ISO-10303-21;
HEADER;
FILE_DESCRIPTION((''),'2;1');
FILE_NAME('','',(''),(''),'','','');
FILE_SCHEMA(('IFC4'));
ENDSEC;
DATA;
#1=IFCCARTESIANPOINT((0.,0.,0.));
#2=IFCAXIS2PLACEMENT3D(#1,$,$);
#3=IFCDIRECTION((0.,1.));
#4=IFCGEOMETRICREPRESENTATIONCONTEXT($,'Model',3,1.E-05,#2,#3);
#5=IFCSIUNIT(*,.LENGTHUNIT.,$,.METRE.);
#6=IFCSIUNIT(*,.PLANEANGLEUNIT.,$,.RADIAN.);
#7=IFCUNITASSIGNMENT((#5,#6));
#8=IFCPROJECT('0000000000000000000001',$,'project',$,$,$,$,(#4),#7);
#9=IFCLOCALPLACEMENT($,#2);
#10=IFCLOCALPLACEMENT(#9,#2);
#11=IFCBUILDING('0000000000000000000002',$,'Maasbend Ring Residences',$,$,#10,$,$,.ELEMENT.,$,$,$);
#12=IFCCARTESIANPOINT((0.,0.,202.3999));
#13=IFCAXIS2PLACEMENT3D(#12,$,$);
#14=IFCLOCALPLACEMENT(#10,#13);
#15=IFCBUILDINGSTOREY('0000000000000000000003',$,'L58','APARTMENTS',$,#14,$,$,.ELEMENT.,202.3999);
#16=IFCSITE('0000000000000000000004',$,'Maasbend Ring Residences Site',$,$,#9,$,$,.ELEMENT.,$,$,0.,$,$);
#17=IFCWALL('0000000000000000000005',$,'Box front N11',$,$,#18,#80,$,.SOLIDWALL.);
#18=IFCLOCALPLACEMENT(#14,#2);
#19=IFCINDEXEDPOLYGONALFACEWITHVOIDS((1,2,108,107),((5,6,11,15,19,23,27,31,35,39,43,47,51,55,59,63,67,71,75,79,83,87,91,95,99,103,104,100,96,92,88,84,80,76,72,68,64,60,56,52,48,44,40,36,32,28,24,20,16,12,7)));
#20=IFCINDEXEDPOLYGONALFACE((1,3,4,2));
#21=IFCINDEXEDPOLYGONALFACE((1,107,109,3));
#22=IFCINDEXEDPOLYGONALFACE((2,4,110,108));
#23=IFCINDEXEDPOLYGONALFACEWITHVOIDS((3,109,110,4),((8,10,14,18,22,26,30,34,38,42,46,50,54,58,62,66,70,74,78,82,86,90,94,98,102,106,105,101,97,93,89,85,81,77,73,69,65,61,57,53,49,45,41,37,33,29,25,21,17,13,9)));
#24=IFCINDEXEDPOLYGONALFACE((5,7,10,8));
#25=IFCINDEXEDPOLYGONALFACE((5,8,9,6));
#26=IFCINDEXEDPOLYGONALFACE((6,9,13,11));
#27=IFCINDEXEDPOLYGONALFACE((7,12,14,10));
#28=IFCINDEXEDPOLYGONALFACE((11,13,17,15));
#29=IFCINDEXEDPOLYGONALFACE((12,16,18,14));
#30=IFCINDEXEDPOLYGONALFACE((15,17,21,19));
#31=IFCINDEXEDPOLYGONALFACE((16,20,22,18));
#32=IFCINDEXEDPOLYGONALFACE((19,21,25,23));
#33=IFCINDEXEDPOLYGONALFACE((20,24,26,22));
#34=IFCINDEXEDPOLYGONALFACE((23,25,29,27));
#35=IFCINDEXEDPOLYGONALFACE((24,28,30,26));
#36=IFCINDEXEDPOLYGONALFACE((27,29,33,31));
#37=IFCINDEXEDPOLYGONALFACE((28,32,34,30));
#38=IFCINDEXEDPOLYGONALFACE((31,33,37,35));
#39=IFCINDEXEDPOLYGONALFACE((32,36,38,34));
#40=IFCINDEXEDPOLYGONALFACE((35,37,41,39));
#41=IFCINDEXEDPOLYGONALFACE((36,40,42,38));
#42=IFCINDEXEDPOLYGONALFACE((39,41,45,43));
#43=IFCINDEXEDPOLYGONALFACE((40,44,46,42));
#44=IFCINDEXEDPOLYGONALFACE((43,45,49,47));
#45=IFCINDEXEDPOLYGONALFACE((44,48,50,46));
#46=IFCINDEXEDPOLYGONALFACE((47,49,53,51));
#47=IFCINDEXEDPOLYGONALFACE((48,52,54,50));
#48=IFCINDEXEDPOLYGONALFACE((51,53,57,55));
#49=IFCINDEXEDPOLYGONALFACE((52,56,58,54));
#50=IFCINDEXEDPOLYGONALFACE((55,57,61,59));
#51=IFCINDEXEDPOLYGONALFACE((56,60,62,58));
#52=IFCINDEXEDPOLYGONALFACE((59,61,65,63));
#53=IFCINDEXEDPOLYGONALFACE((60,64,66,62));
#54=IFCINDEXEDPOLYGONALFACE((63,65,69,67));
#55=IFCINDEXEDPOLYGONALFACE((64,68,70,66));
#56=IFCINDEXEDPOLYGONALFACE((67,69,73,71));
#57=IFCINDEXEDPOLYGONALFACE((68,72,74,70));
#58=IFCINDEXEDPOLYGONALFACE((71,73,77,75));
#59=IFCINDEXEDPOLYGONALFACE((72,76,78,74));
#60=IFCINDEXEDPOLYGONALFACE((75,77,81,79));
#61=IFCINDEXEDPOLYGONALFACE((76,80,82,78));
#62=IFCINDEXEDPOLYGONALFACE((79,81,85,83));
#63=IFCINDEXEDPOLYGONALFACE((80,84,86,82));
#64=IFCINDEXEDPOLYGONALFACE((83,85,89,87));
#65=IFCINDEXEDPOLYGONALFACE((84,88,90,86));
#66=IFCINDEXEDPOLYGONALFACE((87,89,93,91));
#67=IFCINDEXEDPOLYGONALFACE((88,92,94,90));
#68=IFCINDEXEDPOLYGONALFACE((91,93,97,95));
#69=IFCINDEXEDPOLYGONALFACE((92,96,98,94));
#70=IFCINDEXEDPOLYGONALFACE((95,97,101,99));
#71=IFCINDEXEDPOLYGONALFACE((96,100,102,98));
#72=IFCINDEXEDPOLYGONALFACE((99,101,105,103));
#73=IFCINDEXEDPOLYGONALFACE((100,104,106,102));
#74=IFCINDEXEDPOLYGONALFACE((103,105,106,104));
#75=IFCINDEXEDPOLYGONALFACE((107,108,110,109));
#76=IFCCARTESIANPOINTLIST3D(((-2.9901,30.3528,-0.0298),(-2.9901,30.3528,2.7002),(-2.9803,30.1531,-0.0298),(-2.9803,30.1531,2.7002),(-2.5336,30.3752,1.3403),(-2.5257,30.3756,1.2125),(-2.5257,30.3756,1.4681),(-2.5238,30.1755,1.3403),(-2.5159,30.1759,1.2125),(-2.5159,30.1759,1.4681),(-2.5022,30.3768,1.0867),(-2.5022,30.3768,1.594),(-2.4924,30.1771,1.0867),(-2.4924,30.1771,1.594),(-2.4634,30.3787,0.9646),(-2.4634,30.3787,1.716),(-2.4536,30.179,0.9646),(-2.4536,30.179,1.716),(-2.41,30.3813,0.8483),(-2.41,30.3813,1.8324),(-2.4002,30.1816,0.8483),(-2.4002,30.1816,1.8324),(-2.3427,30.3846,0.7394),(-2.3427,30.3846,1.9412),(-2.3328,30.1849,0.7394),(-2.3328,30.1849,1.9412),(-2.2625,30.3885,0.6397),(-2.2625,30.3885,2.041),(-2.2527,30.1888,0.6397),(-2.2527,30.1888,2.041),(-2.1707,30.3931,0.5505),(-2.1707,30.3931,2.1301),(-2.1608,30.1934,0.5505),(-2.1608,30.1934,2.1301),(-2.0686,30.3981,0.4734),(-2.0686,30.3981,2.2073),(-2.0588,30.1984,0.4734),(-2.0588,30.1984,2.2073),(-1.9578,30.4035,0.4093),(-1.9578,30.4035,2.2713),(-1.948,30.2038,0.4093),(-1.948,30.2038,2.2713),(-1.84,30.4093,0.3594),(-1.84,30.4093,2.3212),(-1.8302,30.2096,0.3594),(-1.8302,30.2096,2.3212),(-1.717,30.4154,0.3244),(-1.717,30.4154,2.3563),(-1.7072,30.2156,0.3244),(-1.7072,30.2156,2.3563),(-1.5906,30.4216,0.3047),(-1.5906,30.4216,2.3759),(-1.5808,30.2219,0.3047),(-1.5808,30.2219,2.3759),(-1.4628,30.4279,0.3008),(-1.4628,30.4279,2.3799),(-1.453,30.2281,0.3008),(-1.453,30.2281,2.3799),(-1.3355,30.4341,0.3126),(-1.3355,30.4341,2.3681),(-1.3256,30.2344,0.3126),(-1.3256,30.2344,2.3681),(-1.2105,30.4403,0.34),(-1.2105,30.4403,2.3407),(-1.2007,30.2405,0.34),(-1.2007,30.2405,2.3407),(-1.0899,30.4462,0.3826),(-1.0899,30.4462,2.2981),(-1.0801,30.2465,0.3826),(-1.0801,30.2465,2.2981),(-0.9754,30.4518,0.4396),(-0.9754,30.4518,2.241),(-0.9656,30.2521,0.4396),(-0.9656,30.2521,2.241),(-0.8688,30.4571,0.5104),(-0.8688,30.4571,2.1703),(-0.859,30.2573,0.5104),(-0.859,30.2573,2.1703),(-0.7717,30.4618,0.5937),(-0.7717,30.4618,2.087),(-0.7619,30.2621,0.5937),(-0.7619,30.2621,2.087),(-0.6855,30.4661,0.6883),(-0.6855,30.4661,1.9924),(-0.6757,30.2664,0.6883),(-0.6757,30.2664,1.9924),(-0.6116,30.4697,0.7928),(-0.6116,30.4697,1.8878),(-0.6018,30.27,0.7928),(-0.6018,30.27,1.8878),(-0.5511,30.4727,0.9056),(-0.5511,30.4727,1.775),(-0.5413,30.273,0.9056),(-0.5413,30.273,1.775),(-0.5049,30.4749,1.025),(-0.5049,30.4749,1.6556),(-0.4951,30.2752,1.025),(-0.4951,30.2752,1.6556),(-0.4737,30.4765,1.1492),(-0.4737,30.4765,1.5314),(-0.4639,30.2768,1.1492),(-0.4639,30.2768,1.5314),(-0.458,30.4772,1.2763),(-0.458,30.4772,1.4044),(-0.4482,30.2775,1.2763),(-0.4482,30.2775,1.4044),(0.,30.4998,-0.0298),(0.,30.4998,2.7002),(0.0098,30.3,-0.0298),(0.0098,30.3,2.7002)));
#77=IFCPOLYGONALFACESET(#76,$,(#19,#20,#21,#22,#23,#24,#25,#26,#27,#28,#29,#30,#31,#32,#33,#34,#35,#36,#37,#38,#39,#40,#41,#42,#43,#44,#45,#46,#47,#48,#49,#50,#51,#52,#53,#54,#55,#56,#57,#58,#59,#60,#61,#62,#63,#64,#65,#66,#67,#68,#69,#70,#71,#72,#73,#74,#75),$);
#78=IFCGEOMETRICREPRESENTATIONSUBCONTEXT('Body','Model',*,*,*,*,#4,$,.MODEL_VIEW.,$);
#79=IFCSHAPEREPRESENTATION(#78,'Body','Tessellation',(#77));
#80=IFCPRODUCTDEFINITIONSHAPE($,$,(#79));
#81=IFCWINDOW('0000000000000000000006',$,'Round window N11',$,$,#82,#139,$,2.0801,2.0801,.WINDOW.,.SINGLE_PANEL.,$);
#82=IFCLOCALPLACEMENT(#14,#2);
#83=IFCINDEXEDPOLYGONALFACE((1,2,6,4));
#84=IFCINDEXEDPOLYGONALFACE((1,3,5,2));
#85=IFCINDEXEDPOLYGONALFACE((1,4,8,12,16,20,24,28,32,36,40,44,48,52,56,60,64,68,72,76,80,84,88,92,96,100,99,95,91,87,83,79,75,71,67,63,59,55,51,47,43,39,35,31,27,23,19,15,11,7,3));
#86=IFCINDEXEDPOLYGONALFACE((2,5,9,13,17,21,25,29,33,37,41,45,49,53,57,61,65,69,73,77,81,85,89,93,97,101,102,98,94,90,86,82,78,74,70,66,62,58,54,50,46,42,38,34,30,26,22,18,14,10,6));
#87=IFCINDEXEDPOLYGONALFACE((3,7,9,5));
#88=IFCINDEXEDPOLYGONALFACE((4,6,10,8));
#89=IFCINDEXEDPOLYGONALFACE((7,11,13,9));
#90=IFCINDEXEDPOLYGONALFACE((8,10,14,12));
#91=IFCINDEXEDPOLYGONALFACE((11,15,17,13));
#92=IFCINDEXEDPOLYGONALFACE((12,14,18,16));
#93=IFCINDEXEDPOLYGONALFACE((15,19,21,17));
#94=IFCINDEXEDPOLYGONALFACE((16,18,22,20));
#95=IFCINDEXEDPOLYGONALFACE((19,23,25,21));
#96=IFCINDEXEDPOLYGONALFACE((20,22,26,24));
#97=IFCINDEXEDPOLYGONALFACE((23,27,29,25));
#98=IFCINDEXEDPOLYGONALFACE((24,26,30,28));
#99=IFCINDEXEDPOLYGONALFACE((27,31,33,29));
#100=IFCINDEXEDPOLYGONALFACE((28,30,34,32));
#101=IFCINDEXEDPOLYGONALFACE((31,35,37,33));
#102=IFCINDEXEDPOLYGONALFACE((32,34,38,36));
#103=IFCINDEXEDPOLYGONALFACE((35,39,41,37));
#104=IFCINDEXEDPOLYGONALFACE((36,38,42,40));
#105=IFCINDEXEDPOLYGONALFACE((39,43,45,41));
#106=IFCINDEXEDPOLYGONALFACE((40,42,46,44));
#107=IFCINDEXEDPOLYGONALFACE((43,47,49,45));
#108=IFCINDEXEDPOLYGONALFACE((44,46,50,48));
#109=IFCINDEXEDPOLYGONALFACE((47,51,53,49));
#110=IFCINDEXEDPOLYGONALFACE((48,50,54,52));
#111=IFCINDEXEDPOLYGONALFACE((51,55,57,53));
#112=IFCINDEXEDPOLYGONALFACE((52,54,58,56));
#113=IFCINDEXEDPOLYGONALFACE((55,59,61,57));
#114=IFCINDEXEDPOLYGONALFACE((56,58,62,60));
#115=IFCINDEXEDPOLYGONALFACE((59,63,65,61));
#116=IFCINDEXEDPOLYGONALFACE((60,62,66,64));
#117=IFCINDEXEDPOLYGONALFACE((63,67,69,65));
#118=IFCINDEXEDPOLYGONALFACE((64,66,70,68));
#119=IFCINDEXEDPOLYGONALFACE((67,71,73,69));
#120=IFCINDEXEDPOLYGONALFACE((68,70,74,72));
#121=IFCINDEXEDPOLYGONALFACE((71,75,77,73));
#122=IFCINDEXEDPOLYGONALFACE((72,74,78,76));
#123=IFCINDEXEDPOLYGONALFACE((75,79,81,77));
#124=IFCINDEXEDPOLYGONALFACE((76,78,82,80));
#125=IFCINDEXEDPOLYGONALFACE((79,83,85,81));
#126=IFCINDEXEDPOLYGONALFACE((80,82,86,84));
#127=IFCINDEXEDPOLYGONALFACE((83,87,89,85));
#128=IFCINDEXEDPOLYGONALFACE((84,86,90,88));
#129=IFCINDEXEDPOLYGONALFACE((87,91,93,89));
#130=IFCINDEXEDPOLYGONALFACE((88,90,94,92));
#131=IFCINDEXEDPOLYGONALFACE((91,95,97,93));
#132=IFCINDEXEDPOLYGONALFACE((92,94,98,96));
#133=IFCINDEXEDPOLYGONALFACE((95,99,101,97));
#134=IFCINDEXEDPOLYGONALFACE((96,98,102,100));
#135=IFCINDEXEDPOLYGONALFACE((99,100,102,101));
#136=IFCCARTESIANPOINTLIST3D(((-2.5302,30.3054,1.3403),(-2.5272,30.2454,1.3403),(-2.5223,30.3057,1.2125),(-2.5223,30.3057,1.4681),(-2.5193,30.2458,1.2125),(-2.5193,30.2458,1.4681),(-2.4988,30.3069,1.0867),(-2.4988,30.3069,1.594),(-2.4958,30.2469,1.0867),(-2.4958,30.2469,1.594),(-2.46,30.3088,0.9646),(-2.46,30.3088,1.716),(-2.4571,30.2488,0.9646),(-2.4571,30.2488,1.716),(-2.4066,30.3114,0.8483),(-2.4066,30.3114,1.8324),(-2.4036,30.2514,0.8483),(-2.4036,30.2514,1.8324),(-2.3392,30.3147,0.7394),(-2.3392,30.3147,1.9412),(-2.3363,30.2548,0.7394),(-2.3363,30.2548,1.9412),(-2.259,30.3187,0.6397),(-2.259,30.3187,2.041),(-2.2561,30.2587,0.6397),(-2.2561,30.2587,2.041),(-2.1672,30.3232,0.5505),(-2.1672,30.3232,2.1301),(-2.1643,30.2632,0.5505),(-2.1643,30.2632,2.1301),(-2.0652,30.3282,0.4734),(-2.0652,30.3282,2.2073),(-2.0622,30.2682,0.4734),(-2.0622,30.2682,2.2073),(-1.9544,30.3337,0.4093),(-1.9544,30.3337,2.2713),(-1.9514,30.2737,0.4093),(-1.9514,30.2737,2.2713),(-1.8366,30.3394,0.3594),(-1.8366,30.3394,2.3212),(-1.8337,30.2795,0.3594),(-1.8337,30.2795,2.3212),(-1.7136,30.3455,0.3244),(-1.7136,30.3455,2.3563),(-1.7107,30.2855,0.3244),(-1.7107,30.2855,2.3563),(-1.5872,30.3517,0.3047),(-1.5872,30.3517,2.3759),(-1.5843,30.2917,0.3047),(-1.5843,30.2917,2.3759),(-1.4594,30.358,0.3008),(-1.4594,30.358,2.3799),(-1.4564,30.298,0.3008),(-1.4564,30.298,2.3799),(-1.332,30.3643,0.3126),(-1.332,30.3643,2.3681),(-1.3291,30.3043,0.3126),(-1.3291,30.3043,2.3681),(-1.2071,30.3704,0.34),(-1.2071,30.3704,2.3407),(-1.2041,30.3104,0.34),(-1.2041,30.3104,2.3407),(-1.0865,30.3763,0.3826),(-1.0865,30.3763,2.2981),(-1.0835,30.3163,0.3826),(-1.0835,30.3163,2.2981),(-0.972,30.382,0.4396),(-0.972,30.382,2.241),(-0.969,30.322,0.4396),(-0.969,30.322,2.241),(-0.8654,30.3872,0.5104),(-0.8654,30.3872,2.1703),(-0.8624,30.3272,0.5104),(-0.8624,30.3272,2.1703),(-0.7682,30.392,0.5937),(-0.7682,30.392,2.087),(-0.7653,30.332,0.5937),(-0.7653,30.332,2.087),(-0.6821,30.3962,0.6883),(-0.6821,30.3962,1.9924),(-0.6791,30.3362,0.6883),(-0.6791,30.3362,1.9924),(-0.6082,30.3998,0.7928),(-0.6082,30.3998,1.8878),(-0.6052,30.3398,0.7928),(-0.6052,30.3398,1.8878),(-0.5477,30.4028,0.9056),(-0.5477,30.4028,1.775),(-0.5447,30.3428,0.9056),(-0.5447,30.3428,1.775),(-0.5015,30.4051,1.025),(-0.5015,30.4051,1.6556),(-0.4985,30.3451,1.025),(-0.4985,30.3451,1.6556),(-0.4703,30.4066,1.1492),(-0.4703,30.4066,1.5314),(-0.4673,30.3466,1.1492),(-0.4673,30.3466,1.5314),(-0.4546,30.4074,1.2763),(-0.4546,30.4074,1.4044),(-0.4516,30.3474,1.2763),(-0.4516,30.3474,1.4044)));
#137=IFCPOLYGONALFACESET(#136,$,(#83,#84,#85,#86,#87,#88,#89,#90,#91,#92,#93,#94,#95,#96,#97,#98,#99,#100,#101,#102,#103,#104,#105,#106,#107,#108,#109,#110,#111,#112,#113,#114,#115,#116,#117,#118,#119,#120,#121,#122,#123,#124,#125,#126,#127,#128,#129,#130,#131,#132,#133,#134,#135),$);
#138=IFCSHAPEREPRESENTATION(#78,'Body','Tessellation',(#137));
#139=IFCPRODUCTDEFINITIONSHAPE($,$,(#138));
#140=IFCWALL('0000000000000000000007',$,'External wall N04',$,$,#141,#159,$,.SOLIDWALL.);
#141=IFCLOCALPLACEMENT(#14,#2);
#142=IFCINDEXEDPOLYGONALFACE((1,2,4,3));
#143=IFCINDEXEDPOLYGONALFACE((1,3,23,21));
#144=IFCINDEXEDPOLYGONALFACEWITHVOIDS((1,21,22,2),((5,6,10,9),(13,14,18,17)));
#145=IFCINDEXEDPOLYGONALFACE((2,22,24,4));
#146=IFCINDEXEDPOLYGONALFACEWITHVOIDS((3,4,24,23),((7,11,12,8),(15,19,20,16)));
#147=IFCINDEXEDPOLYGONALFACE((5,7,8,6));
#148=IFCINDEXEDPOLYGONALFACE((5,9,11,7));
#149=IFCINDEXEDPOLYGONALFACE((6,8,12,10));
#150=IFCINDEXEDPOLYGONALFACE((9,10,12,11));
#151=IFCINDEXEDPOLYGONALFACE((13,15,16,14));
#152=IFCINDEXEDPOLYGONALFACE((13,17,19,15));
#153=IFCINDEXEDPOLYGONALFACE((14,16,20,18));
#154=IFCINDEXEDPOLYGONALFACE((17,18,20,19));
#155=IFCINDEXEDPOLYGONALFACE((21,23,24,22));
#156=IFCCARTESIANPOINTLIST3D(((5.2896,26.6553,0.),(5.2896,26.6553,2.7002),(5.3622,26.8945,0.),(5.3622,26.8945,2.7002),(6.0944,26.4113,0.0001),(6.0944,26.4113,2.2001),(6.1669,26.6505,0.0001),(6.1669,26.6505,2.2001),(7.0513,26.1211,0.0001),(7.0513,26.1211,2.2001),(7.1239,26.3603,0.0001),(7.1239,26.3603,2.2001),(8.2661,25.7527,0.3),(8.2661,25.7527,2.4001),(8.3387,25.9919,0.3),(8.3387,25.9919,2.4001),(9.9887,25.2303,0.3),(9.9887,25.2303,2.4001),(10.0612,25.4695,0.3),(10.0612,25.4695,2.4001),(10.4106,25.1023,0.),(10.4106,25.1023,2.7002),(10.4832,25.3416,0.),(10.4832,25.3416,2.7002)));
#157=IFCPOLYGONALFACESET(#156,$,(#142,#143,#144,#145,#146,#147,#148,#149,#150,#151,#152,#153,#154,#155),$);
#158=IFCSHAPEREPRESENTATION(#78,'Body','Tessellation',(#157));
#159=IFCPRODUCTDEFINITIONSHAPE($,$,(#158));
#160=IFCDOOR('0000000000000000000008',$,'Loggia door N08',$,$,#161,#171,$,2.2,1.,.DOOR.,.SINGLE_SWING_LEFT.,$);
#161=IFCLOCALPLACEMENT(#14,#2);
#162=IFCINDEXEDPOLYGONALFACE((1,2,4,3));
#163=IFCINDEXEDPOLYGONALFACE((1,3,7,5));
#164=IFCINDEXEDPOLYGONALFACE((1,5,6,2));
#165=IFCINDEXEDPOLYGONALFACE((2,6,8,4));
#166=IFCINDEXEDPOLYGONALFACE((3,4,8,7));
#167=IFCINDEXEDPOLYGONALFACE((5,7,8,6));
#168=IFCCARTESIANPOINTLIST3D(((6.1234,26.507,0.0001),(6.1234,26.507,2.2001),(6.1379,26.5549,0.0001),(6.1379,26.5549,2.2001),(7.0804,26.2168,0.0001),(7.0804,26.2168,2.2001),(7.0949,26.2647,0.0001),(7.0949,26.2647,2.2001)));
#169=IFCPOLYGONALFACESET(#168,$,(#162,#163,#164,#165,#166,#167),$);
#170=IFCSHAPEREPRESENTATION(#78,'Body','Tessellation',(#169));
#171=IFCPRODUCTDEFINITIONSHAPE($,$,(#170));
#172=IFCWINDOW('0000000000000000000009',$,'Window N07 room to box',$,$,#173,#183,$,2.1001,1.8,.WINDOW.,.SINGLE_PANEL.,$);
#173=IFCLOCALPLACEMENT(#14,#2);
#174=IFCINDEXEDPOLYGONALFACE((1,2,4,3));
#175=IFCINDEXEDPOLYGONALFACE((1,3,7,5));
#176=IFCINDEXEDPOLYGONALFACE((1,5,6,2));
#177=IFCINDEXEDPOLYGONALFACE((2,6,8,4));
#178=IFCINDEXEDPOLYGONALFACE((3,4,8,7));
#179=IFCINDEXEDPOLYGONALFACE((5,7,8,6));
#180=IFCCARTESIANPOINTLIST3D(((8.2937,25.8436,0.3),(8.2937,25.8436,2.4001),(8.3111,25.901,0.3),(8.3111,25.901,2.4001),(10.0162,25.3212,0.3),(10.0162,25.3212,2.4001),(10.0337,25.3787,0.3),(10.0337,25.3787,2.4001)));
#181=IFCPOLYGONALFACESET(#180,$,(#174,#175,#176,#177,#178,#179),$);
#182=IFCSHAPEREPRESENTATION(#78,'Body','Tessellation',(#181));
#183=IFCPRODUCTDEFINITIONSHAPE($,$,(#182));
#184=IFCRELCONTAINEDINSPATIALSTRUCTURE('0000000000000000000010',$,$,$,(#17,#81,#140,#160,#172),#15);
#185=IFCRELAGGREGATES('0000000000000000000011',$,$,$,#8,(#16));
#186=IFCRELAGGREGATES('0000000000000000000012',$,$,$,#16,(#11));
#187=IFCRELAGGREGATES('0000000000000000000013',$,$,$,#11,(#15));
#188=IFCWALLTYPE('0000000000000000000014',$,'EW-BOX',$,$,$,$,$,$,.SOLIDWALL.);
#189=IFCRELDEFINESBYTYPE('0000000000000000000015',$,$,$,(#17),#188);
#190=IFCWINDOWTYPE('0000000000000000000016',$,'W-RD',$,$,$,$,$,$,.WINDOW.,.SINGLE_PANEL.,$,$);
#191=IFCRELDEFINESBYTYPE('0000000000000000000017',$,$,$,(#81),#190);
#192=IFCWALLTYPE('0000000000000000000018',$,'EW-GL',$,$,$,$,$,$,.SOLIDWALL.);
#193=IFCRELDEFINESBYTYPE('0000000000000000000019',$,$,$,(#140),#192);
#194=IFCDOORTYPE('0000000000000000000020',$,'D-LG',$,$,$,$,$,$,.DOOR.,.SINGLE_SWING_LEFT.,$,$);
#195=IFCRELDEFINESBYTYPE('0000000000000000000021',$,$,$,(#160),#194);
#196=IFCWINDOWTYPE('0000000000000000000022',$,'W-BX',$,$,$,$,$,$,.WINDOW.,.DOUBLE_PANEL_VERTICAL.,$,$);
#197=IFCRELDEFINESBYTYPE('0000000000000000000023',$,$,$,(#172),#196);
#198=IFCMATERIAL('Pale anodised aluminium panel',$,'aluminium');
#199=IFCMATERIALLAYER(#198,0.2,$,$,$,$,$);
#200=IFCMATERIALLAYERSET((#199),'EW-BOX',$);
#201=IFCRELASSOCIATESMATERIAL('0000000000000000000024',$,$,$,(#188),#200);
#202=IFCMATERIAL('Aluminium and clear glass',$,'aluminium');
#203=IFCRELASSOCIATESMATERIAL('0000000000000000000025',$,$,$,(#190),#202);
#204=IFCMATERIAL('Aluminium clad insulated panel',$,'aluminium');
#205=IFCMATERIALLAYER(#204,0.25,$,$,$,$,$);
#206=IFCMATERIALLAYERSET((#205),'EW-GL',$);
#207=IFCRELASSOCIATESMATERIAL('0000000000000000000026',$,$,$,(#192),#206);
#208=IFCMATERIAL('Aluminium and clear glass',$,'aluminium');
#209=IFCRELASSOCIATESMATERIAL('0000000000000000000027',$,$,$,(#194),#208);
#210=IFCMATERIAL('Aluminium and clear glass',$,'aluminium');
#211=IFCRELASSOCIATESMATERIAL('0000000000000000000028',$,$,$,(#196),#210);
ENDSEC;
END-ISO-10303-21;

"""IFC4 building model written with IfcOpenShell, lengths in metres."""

from ifc_helpers import new_model, si_unit, direction, frame, frame_2d, origin, place, context, subcontext, project, spatial, rectangle, circle, extrude, material, layer, layer_set, type_object, element, fill, save


model = new_model("IFC4")

# Units and contexts
model_context = context("Model", 3, precision=1e-05, world=origin(), true_north=direction((0.0, 1.0)))
body_context = subcontext(model_context, "Body", "Model", "MODEL_VIEW")
ifc_project = project(units=[si_unit("LENGTHUNIT", "METRE"), si_unit("PLANEANGLEUNIT", "RADIAN")], contexts=[model_context])

# Site, building, storey
site_placement = place(None, origin())
site = spatial("IfcSite", under=ifc_project, at=site_placement, Name="Maasbend Ring Residences Site", CompositionType="ELEMENT", RefElevation=0.0)
building_placement = place(site_placement, origin())
building = spatial("IfcBuilding", under=site, at=building_placement, Name="Maasbend Ring Residences", CompositionType="ELEMENT")
storey_placement = place(building_placement, frame((0.0, 0.0, 202.3999)))
storey = spatial("IfcBuildingStorey", under=building, at=storey_placement, Name="L58", Description="APARTMENTS", CompositionType="ELEMENT", Elevation=202.3999)

# Shared definitions
ifc_material_1 = material(Name="Pale anodised aluminium panel", Category="aluminium")
ifc_layer_1 = layer(ifc_material_1, 0.2)
ifc_layer_set_1 = layer_set([ifc_layer_1], Name="EW-BOX")
wall_type_1 = type_object("IfcWallType", Name="EW-BOX", PredefinedType="SOLIDWALL", material=ifc_layer_set_1)

# Shared definitions
ifc_material_2 = material(Name="Aluminium and clear glass", Category="aluminium")
window_type_1 = type_object("IfcWindowType", Name="W-RD", PartitioningType="SINGLE_PANEL", PredefinedType="WINDOW", material=ifc_material_2)

# Wall, opening, window
wall_1_placement = place(storey_placement, frame((0.0049, 30.3999, -0.0298), z_axis=(0.0, 0.0, 1.0), x_axis=(-0.998794, -0.049096, 0.0)))
wall_1 = element("IfcWall", 1, at=wall_1_placement, inside=storey, type_object=wall_type_1, Name="Box front N11", PredefinedType="SOLIDWALL", context=body_context, shape_type="SweptSolid", body=[
    extrude(rectangle(XDim=2.9937, YDim=0.2, at=frame_2d((1.4968, 0.0))), origin(), (0.0, 0.0, 1.0), 2.73),
])
opening_1_placement = place(wall_1_placement, frame((0.4565, 0.0, 0.3301)))
opening_1 = element("IfcOpeningElement", 2, at=opening_1_placement, cuts=wall_1, PredefinedType="OPENING", context=body_context, shape_type="SweptSolid", body=[
    extrude(circle(Radius=1.04, at=frame_2d((1.04, 1.04))), frame((0.0, 0.1099, 0.0), z_axis=(0.0, -1.0, 0.0), x_axis=(1.0, 0.0, 0.0)), (0.0, 0.0, 1.0), 0.22),
])
window_1_placement = place(opening_1_placement, origin())
window_1 = element("IfcWindow", 3, at=window_1_placement, inside=storey, type_object=window_type_1, Name="Round window N11", OverallHeight=2.0801, OverallWidth=2.0801, PartitioningType="SINGLE_PANEL", PredefinedType="WINDOW", context=body_context, shape_type="SweptSolid", body=[
    extrude(circle(Radius=1.04, at=frame_2d((1.04, 1.04))), frame((0.0, 0.03, 0.0), z_axis=(0.0, -1.0, 0.0), x_axis=(1.0, 0.0, 0.0)), (0.0, 0.0, 1.0), 0.0601),
])
fill(opening_1, window_1)

# Wall, openings, door, window
ifc_material_3 = material(Name="Aluminium clad insulated panel", Category="aluminium")
ifc_layer_2 = layer(ifc_material_3, 0.25)
ifc_layer_set_2 = layer_set([ifc_layer_2], Name="EW-GL")
wall_type_2 = type_object("IfcWallType", Name="EW-GL", PredefinedType="SOLIDWALL", material=ifc_layer_set_2)
wall_2_placement = place(storey_placement, frame((10.447, 25.2219, 0.0), z_axis=(0.0, 0.0, 1.0), x_axis=(-0.956966, 0.290201, 0.0)))
wall_2 = element("IfcWall", 4, at=wall_2_placement, inside=storey, type_object=wall_type_2, Name="External wall N04", PredefinedType="SOLIDWALL", context=body_context, shape_type="SweptSolid", body=[
    extrude(rectangle(XDim=5.3513, YDim=0.25, at=frame_2d((2.6758, 0.0))), origin(), (0.0, 0.0, 1.0), 2.7002),
])
opening_2_placement = place(wall_2_placement, frame((0.4412, 0.0, 0.3)))
opening_2 = element("IfcOpeningElement", 5, at=opening_2_placement, cuts=wall_2, PredefinedType="OPENING", context=body_context, shape_type="SweptSolid", body=[
    extrude(rectangle(XDim=1.8, YDim=2.1001, at=frame_2d((0.8999, 1.05))), frame((0.0, 0.135, 0.0), z_axis=(0.0, -1.0, 0.0), x_axis=(1.0, 0.0, 0.0)), (0.0, 0.0, 1.0), 0.27),
])
opening_3_placement = place(wall_2_placement, frame((3.5105, 0.0, 0.0)))
opening_3 = element("IfcOpeningElement", 6, at=opening_3_placement, cuts=wall_2, PredefinedType="OPENING", context=body_context, shape_type="SweptSolid", body=[
    extrude(rectangle(XDim=1.0, YDim=2.2, at=frame_2d((0.5, 1.1001))), frame((0.0, 0.135, 0.0), z_axis=(0.0, -1.0, 0.0), x_axis=(1.0, 0.0, 0.0)), (0.0, 0.0, 1.0), 0.27),
])
ifc_material_4 = material(Name="Aluminium and clear glass", Category="aluminium")
door_type_1 = type_object("IfcDoorType", Name="D-LG", OperationType="SINGLE_SWING_LEFT", PredefinedType="DOOR", material=ifc_material_4)
door_1_placement = place(opening_3_placement, origin())
door_1 = element("IfcDoor", 7, at=door_1_placement, inside=storey, type_object=door_type_1, Name="Loggia door N08", OperationType="SINGLE_SWING_LEFT", OverallHeight=2.2, OverallWidth=1.0, PredefinedType="DOOR", context=body_context, shape_type="SweptSolid", body=[
    extrude(rectangle(XDim=1.0, YDim=2.2, at=frame_2d((0.5, 1.1001))), frame((0.0, 0.0249, 0.0), z_axis=(0.0, -1.0, 0.0), x_axis=(1.0, 0.0, 0.0)), (0.0, 0.0, 1.0), 0.05),
])
fill(opening_3, door_1)
ifc_material_5 = material(Name="Aluminium and clear glass", Category="aluminium")
window_type_2 = type_object("IfcWindowType", Name="W-BX", PartitioningType="DOUBLE_PANEL_VERTICAL", PredefinedType="WINDOW", material=ifc_material_5)
window_2_placement = place(opening_2_placement, origin())
window_2 = element("IfcWindow", 8, at=window_2_placement, inside=storey, type_object=window_type_2, Name="Window N07 room to box", OverallHeight=2.1001, OverallWidth=1.8, PartitioningType="SINGLE_PANEL", PredefinedType="WINDOW", context=body_context, shape_type="SweptSolid", body=[
    extrude(rectangle(XDim=1.8, YDim=2.1001, at=frame_2d((0.8999, 1.05))), frame((0.0, 0.03, 0.0), z_axis=(0.0, -1.0, 0.0), x_axis=(1.0, 0.0, 0.0)), (0.0, 0.0, 1.0), 0.0601),
])
fill(opening_2, window_2)

save(model, "model.ifc")
